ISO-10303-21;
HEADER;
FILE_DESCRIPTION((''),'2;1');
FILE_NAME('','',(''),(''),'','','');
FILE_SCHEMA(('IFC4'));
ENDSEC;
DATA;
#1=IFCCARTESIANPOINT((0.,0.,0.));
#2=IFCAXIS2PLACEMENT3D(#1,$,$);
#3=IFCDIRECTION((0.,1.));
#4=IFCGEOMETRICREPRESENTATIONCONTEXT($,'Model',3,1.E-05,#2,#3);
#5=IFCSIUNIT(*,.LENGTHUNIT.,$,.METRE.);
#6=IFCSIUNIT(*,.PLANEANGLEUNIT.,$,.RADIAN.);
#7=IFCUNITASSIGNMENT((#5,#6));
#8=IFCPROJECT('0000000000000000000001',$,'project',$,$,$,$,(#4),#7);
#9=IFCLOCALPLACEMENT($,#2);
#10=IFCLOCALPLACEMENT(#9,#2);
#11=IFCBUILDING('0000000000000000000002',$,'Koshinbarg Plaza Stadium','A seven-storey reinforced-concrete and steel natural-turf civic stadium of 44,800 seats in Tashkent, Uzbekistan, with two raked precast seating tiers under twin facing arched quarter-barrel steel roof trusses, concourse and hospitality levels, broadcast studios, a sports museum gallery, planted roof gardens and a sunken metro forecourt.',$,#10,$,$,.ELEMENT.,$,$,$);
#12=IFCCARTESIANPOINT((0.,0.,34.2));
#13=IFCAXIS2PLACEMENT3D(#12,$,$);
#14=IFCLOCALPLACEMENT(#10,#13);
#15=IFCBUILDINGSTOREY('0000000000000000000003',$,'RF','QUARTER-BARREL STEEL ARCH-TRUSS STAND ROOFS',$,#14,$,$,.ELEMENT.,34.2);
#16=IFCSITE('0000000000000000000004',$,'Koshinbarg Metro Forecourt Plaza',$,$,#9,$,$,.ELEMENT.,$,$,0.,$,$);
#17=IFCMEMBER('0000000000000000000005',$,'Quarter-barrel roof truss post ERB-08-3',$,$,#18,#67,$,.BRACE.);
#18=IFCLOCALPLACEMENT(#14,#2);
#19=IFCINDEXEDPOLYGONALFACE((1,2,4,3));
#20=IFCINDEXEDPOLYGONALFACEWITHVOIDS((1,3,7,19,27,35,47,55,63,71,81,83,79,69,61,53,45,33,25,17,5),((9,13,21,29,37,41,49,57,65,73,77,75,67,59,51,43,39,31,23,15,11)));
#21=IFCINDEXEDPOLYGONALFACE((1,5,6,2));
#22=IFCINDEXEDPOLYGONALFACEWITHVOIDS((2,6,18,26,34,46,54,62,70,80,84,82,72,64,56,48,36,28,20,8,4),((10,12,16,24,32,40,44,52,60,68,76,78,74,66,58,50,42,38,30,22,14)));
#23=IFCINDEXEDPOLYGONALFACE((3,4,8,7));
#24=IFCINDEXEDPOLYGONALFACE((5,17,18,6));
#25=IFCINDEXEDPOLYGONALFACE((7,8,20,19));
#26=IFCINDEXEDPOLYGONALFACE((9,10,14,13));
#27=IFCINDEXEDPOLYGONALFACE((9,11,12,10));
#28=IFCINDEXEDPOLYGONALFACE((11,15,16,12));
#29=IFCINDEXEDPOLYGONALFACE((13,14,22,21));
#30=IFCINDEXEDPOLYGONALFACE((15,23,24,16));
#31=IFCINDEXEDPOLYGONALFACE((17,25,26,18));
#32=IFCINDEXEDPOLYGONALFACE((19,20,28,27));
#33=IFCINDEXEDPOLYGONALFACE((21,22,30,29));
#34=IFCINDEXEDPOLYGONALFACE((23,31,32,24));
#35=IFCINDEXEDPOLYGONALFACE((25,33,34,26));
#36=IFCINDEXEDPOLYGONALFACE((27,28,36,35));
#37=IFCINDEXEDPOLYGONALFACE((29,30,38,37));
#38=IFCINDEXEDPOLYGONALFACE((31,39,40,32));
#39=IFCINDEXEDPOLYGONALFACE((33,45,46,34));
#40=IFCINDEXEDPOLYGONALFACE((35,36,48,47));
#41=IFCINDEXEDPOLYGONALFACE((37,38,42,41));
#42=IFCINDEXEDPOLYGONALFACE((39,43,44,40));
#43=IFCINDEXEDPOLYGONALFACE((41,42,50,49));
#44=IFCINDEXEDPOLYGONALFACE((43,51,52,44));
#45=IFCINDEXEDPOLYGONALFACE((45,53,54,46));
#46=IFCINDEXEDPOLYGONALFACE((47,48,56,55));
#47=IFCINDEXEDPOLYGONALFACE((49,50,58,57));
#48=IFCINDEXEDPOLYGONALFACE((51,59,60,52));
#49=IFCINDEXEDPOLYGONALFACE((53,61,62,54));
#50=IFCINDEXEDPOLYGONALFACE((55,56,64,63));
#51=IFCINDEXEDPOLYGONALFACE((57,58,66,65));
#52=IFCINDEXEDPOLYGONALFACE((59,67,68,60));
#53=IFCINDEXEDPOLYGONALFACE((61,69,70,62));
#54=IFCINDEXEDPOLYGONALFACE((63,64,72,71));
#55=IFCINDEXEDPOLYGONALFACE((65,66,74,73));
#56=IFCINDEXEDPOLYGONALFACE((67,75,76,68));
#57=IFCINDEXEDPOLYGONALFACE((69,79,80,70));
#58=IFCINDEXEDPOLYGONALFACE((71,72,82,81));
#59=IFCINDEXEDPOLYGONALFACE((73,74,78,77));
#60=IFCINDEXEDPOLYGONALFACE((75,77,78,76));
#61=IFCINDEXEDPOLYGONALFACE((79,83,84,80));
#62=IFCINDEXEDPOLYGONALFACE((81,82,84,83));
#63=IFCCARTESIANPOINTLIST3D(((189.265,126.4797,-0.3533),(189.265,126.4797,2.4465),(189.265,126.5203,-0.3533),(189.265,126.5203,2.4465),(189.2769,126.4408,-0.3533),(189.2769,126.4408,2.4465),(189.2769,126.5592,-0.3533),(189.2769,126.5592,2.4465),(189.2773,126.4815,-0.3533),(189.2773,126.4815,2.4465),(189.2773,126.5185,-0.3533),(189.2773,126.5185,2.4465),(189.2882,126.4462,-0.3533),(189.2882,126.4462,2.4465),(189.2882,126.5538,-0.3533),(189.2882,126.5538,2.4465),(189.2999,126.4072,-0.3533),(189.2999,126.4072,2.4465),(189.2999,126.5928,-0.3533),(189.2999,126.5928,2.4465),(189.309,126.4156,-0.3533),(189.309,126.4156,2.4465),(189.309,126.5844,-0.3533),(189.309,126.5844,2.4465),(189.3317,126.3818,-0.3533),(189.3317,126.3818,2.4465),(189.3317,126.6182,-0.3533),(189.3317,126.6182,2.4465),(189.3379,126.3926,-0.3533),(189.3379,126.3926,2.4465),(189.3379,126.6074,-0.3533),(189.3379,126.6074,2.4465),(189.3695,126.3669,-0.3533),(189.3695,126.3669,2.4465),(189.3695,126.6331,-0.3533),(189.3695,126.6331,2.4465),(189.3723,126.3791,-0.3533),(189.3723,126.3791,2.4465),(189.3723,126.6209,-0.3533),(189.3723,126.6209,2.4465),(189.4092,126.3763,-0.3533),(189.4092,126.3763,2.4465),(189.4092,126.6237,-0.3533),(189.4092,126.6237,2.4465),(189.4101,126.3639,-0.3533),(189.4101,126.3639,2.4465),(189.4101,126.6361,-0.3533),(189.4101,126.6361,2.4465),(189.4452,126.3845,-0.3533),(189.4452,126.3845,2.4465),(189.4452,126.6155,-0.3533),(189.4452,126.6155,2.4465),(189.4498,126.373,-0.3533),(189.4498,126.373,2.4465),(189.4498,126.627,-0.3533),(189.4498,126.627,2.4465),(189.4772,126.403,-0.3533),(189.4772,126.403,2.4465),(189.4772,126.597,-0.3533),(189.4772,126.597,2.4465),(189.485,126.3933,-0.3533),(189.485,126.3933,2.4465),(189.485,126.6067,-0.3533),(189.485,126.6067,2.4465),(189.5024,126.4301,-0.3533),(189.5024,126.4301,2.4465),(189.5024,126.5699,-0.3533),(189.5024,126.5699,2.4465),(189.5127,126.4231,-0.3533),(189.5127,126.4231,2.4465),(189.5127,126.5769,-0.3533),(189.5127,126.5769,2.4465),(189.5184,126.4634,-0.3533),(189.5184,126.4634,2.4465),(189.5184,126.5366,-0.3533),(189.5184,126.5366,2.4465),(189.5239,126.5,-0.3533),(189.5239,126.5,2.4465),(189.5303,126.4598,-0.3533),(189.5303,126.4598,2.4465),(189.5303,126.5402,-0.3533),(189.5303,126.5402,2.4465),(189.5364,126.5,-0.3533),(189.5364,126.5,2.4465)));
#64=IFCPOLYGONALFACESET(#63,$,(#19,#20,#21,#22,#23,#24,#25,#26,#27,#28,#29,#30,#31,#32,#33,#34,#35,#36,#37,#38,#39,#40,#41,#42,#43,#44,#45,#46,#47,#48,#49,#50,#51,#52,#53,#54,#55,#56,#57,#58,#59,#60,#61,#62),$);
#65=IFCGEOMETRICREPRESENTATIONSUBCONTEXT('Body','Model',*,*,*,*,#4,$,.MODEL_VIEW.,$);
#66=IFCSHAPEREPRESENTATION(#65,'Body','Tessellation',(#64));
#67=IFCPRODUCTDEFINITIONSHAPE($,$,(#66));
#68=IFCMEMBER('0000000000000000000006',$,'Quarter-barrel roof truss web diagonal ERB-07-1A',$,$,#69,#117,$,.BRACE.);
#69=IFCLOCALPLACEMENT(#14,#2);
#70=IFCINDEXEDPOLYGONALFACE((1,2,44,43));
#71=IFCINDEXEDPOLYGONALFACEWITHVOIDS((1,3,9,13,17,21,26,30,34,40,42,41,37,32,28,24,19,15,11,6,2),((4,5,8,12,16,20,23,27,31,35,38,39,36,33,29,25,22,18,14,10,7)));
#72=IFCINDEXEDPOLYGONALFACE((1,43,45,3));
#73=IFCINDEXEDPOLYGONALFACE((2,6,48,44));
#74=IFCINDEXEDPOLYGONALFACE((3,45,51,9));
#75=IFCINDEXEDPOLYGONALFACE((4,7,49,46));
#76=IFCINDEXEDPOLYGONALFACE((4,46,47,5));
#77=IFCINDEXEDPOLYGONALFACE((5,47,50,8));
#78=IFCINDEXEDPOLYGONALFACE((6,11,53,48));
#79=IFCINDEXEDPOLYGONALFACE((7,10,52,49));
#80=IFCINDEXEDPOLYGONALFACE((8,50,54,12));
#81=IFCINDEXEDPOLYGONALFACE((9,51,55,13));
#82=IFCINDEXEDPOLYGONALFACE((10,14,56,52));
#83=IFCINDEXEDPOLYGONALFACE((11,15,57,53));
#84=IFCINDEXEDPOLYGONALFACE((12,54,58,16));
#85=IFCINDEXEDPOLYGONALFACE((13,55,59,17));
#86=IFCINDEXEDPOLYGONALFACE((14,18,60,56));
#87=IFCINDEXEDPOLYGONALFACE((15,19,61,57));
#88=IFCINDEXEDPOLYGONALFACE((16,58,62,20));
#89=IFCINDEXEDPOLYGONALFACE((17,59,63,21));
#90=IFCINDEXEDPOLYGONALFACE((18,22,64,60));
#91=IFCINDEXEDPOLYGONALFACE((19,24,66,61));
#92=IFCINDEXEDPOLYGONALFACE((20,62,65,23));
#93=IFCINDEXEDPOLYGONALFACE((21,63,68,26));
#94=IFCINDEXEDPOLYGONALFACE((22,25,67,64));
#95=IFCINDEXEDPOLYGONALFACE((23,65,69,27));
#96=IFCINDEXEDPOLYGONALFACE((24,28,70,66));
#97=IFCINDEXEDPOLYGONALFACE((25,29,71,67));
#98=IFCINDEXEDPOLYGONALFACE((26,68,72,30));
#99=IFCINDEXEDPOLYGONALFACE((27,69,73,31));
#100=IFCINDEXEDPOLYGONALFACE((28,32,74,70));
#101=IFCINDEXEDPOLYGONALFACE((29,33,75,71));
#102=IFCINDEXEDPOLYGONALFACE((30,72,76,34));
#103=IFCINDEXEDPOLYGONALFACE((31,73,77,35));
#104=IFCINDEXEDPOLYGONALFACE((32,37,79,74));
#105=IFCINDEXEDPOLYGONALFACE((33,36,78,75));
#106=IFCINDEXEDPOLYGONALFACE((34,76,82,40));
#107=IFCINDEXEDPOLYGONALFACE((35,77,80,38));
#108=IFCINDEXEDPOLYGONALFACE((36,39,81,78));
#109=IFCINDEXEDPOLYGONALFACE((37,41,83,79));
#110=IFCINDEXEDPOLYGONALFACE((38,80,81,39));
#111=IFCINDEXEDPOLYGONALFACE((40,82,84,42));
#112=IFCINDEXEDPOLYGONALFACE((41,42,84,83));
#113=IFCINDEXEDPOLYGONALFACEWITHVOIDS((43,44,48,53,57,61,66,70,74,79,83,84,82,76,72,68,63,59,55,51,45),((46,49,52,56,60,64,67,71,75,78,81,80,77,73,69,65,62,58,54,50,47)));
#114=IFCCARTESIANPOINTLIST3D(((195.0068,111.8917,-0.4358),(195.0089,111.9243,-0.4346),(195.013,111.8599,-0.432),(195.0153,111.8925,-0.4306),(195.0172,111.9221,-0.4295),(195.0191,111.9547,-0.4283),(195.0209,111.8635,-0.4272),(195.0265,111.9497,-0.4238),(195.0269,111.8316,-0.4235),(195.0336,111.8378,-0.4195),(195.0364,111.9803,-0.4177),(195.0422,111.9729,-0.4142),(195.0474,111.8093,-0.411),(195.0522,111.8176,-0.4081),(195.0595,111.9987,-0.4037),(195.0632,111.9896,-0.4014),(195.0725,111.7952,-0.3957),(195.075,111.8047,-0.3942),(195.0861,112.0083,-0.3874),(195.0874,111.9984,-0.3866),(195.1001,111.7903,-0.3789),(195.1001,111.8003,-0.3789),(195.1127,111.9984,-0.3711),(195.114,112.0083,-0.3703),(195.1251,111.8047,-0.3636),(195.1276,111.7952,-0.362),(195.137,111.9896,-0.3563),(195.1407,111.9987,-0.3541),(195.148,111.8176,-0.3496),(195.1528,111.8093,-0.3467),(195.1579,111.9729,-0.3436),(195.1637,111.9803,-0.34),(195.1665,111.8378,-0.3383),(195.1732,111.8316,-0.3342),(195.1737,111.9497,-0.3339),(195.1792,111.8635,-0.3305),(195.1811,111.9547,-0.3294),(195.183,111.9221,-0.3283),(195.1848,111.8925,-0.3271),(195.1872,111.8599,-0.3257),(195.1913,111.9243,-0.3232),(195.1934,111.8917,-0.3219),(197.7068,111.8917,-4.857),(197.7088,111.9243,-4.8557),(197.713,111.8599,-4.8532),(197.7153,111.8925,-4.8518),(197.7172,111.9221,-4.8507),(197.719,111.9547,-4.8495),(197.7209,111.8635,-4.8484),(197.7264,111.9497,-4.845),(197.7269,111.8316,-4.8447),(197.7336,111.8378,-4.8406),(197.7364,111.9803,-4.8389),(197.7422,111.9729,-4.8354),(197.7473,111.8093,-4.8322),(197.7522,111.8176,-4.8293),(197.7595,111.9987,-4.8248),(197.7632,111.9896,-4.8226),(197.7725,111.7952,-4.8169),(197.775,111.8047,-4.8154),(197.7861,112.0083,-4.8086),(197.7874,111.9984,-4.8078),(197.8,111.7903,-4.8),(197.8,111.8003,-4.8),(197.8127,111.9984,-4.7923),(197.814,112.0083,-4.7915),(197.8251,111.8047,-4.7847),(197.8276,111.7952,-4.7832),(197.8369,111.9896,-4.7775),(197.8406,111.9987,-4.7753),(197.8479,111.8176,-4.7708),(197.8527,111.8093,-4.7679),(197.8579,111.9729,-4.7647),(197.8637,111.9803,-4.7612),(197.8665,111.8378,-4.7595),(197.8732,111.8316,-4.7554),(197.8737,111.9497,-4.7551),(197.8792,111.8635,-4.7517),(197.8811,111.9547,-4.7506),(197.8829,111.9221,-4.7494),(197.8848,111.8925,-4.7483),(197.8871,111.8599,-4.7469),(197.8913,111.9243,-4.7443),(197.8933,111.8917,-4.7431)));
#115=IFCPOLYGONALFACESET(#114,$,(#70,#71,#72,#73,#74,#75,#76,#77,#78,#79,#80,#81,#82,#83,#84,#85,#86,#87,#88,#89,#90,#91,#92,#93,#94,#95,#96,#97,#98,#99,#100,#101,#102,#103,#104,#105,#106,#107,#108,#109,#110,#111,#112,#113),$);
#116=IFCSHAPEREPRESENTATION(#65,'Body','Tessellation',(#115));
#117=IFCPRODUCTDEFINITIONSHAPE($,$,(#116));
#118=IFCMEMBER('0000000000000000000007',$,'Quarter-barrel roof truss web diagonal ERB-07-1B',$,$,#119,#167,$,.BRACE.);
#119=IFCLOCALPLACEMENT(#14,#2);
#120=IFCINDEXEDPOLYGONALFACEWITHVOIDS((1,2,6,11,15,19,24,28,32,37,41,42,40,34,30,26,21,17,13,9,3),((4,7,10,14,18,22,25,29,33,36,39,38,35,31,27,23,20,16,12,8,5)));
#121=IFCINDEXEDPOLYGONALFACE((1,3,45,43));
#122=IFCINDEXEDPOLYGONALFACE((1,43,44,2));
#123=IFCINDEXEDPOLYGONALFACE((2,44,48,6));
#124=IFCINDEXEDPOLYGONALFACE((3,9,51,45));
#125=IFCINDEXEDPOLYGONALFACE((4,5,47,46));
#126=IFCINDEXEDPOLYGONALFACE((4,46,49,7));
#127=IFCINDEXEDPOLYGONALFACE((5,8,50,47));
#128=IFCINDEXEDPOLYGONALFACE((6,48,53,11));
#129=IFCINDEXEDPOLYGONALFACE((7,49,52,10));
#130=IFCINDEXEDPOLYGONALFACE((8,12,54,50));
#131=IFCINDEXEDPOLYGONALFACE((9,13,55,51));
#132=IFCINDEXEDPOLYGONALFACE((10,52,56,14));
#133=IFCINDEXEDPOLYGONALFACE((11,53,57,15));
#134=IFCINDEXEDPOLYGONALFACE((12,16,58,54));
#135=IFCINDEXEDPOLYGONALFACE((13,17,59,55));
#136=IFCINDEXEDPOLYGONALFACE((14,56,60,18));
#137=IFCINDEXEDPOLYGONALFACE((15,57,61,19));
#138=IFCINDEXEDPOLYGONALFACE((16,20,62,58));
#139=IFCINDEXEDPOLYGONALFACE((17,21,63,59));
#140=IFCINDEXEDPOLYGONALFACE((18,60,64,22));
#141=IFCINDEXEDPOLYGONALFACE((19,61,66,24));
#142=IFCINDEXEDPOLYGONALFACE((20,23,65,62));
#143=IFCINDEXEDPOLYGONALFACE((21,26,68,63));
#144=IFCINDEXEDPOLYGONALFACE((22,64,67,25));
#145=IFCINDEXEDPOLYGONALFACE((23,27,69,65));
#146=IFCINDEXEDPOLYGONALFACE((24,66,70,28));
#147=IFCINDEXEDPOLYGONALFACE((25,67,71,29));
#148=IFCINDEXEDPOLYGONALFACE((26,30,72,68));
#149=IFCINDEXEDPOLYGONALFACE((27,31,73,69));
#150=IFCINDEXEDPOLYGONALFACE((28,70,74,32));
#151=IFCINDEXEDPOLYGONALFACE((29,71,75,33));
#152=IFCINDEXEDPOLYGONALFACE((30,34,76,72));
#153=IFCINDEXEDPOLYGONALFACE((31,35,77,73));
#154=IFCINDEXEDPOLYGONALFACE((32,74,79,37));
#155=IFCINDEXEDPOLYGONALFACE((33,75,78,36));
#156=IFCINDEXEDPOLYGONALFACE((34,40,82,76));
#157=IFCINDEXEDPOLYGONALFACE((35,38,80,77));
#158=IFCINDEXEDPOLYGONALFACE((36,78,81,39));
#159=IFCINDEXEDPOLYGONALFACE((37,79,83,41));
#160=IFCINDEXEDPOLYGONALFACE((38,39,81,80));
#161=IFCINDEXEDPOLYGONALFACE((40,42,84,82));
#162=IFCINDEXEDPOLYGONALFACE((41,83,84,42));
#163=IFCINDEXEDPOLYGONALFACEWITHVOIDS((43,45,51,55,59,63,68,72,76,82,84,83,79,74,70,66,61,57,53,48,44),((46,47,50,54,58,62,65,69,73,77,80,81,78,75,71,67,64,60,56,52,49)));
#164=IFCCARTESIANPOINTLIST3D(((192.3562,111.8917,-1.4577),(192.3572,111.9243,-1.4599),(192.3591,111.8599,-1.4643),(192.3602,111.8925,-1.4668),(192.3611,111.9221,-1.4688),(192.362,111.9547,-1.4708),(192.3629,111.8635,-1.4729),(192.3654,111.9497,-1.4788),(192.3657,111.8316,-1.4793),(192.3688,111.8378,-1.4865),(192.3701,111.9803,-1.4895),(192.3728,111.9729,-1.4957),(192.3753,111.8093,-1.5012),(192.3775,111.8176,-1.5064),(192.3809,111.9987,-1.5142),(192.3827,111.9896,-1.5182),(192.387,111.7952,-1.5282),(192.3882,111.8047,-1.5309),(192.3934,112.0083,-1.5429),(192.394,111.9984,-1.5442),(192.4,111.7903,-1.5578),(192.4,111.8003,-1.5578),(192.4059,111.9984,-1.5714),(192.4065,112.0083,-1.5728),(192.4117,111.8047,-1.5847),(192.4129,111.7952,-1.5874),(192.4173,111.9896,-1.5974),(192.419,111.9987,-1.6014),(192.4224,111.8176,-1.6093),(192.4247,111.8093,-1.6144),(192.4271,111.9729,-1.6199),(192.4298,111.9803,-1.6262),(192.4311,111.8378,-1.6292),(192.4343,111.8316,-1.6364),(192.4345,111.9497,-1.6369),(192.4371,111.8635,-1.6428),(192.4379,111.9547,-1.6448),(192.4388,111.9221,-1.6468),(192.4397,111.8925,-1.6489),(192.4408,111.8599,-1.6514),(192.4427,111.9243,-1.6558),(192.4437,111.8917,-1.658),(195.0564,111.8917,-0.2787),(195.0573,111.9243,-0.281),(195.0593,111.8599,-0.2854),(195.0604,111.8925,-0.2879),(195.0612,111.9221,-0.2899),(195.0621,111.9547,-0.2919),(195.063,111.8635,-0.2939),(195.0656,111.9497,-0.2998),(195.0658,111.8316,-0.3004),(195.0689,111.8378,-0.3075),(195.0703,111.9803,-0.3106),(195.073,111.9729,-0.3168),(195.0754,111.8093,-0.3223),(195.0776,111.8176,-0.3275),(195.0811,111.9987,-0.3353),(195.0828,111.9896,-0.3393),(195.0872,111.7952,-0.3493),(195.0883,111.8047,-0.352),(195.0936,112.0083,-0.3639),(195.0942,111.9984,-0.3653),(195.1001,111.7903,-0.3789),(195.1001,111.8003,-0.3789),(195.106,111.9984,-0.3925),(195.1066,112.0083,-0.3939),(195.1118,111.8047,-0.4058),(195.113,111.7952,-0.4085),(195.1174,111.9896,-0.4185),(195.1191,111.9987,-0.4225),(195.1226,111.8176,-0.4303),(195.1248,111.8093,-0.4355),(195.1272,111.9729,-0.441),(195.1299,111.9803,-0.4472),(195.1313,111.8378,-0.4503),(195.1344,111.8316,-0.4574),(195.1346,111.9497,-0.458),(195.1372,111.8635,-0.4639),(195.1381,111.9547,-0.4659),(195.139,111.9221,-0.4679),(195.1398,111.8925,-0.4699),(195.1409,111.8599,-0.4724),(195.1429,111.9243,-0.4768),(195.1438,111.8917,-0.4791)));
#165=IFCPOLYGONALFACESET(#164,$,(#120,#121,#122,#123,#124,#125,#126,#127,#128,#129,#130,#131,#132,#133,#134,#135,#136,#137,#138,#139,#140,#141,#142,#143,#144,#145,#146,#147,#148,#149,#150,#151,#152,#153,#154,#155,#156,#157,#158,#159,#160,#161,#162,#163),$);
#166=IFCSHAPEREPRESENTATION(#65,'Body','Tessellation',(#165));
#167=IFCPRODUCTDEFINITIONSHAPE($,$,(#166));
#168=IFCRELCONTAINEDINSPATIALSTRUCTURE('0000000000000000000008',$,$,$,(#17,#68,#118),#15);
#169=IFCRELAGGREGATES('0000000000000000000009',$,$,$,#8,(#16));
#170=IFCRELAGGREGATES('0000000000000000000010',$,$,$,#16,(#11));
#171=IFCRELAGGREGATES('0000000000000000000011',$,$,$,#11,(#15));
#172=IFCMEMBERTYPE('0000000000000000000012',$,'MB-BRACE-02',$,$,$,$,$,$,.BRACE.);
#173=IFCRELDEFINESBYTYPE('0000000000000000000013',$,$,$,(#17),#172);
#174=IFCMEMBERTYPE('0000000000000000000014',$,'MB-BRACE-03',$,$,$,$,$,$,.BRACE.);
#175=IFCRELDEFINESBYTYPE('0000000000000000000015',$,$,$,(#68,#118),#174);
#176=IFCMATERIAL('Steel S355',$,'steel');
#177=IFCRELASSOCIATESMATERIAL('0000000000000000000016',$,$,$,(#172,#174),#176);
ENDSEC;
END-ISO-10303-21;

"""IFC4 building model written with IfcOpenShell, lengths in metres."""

from ifc_helpers import new_model, si_unit, direction, frame, origin, origin_2d, place, context, subcontext, project, spatial, hollow_circle, extrude, material, material_profile, profile_set, type_object, element, save


model = new_model("IFC4")

# Units and contexts
model_context = context("Model", 3, precision=1e-05, world=origin(), true_north=direction((0.0, 1.0)))
body_context = subcontext(model_context, "Body", "Model", "MODEL_VIEW")
ifc_project = project(units=[si_unit("LENGTHUNIT", "METRE"), si_unit("PLANEANGLEUNIT", "RADIAN")], contexts=[model_context])

# Site, building, storey
site_placement = place(None, origin())
site = spatial("IfcSite", under=ifc_project, at=site_placement, Name="Koshinbarg Metro Forecourt Plaza", CompositionType="ELEMENT", RefElevation=0.0)
building_placement = place(site_placement, origin())
building = spatial("IfcBuilding", under=site, at=building_placement, Name="Koshinbarg Plaza Stadium", Description="A seven-storey reinforced-concrete and steel natural-turf civic stadium of 44,800 seats in Tashkent, Uzbekistan, with two raked precast seating tiers under twin facing arched quarter-barrel steel roof trusses, concourse and hospitality levels, broadcast studios, a sports museum gallery, planted roof gardens and a sunken metro forecourt.", CompositionType="ELEMENT")
storey_placement = place(building_placement, frame((0.0, 0.0, 34.2)))
storey = spatial("IfcBuildingStorey", under=building, at=storey_placement, Name="RF", Description="QUARTER-BARREL STEEL ARCH-TRUSS STAND ROOFS", CompositionType="ELEMENT", Elevation=34.2)

# Members
ifc_material_1 = material(Name="Steel S355", Category="steel")
ifc_material_profile_1 = material_profile(ifc_material_1, hollow_circle(Radius=0.1365, WallThickness=0.0125, at=origin_2d()), Name="CHS 273x12.5")
ifc_profile_set_1 = profile_set([ifc_material_profile_1], Name="Steel S355")
member_type_1 = type_object("IfcMemberType", Name="MB-BRACE-02", PredefinedType="BRACE", material=ifc_profile_set_1)
for number, where, z_axis, x_axis, name in (
    (1, (189.3999, 126.5, -0.3533), (0.0, 0.0, 1.0), (1.0, 0.0, 0.0), "Quarter-barrel roof truss post ERB-08-3"),
):
    element("IfcMember", number, at=place(storey_placement, frame(where, z_axis=z_axis, x_axis=x_axis)), inside=storey, type_object=member_type_1, Name=name, PredefinedType="BRACE", context=body_context, shape_type="SweptSolid", body=[
        extrude(hollow_circle(Radius=0.1365, WallThickness=0.0125, at=origin_2d()), origin(), (0.0, 0.0, 1.0), 2.7998),
    ])
ifc_material_profile_2 = material_profile(ifc_material_1, hollow_circle(Radius=0.1096, WallThickness=0.01, at=origin_2d()), Name="CHS 219.1x10")
ifc_profile_set_2 = profile_set([ifc_material_profile_2], Name="Steel S355")
member_type_2 = type_object("IfcMemberType", Name="MB-BRACE-03", PredefinedType="BRACE", material=ifc_profile_set_2)
member_1_placement = place(storey_placement, frame((197.8, 111.8999, -4.8), z_axis=(-0.521189, 0.0, 0.853441), x_axis=(0.0, -1.0, 0.0)))
element("IfcMember", 2, at=member_1_placement, inside=storey, type_object=member_type_2, Name="Quarter-barrel roof truss web diagonal ERB-07-1A", PredefinedType="BRACE", context=body_context, shape_type="SweptSolid", body=[
    extrude(hollow_circle(Radius=0.1096, WallThickness=0.01, at=origin_2d()), origin(), (0.0, 0.0, 1.0), 5.1804),
])
member_2_placement = place(storey_placement, frame((195.1001, 111.8999, -0.3789), z_axis=(-0.916454, 0.0, -0.400141), x_axis=(0.0, -1.0, 0.0)))
element("IfcMember", 3, at=member_2_placement, inside=storey, type_object=member_type_2, Name="Quarter-barrel roof truss web diagonal ERB-07-1B", PredefinedType="BRACE", context=body_context, shape_type="SweptSolid", body=[
    extrude(hollow_circle(Radius=0.1096, WallThickness=0.01, at=origin_2d()), origin(), (0.0, 0.0, 1.0), 2.9463),
])

save(model, "model.ifc")
